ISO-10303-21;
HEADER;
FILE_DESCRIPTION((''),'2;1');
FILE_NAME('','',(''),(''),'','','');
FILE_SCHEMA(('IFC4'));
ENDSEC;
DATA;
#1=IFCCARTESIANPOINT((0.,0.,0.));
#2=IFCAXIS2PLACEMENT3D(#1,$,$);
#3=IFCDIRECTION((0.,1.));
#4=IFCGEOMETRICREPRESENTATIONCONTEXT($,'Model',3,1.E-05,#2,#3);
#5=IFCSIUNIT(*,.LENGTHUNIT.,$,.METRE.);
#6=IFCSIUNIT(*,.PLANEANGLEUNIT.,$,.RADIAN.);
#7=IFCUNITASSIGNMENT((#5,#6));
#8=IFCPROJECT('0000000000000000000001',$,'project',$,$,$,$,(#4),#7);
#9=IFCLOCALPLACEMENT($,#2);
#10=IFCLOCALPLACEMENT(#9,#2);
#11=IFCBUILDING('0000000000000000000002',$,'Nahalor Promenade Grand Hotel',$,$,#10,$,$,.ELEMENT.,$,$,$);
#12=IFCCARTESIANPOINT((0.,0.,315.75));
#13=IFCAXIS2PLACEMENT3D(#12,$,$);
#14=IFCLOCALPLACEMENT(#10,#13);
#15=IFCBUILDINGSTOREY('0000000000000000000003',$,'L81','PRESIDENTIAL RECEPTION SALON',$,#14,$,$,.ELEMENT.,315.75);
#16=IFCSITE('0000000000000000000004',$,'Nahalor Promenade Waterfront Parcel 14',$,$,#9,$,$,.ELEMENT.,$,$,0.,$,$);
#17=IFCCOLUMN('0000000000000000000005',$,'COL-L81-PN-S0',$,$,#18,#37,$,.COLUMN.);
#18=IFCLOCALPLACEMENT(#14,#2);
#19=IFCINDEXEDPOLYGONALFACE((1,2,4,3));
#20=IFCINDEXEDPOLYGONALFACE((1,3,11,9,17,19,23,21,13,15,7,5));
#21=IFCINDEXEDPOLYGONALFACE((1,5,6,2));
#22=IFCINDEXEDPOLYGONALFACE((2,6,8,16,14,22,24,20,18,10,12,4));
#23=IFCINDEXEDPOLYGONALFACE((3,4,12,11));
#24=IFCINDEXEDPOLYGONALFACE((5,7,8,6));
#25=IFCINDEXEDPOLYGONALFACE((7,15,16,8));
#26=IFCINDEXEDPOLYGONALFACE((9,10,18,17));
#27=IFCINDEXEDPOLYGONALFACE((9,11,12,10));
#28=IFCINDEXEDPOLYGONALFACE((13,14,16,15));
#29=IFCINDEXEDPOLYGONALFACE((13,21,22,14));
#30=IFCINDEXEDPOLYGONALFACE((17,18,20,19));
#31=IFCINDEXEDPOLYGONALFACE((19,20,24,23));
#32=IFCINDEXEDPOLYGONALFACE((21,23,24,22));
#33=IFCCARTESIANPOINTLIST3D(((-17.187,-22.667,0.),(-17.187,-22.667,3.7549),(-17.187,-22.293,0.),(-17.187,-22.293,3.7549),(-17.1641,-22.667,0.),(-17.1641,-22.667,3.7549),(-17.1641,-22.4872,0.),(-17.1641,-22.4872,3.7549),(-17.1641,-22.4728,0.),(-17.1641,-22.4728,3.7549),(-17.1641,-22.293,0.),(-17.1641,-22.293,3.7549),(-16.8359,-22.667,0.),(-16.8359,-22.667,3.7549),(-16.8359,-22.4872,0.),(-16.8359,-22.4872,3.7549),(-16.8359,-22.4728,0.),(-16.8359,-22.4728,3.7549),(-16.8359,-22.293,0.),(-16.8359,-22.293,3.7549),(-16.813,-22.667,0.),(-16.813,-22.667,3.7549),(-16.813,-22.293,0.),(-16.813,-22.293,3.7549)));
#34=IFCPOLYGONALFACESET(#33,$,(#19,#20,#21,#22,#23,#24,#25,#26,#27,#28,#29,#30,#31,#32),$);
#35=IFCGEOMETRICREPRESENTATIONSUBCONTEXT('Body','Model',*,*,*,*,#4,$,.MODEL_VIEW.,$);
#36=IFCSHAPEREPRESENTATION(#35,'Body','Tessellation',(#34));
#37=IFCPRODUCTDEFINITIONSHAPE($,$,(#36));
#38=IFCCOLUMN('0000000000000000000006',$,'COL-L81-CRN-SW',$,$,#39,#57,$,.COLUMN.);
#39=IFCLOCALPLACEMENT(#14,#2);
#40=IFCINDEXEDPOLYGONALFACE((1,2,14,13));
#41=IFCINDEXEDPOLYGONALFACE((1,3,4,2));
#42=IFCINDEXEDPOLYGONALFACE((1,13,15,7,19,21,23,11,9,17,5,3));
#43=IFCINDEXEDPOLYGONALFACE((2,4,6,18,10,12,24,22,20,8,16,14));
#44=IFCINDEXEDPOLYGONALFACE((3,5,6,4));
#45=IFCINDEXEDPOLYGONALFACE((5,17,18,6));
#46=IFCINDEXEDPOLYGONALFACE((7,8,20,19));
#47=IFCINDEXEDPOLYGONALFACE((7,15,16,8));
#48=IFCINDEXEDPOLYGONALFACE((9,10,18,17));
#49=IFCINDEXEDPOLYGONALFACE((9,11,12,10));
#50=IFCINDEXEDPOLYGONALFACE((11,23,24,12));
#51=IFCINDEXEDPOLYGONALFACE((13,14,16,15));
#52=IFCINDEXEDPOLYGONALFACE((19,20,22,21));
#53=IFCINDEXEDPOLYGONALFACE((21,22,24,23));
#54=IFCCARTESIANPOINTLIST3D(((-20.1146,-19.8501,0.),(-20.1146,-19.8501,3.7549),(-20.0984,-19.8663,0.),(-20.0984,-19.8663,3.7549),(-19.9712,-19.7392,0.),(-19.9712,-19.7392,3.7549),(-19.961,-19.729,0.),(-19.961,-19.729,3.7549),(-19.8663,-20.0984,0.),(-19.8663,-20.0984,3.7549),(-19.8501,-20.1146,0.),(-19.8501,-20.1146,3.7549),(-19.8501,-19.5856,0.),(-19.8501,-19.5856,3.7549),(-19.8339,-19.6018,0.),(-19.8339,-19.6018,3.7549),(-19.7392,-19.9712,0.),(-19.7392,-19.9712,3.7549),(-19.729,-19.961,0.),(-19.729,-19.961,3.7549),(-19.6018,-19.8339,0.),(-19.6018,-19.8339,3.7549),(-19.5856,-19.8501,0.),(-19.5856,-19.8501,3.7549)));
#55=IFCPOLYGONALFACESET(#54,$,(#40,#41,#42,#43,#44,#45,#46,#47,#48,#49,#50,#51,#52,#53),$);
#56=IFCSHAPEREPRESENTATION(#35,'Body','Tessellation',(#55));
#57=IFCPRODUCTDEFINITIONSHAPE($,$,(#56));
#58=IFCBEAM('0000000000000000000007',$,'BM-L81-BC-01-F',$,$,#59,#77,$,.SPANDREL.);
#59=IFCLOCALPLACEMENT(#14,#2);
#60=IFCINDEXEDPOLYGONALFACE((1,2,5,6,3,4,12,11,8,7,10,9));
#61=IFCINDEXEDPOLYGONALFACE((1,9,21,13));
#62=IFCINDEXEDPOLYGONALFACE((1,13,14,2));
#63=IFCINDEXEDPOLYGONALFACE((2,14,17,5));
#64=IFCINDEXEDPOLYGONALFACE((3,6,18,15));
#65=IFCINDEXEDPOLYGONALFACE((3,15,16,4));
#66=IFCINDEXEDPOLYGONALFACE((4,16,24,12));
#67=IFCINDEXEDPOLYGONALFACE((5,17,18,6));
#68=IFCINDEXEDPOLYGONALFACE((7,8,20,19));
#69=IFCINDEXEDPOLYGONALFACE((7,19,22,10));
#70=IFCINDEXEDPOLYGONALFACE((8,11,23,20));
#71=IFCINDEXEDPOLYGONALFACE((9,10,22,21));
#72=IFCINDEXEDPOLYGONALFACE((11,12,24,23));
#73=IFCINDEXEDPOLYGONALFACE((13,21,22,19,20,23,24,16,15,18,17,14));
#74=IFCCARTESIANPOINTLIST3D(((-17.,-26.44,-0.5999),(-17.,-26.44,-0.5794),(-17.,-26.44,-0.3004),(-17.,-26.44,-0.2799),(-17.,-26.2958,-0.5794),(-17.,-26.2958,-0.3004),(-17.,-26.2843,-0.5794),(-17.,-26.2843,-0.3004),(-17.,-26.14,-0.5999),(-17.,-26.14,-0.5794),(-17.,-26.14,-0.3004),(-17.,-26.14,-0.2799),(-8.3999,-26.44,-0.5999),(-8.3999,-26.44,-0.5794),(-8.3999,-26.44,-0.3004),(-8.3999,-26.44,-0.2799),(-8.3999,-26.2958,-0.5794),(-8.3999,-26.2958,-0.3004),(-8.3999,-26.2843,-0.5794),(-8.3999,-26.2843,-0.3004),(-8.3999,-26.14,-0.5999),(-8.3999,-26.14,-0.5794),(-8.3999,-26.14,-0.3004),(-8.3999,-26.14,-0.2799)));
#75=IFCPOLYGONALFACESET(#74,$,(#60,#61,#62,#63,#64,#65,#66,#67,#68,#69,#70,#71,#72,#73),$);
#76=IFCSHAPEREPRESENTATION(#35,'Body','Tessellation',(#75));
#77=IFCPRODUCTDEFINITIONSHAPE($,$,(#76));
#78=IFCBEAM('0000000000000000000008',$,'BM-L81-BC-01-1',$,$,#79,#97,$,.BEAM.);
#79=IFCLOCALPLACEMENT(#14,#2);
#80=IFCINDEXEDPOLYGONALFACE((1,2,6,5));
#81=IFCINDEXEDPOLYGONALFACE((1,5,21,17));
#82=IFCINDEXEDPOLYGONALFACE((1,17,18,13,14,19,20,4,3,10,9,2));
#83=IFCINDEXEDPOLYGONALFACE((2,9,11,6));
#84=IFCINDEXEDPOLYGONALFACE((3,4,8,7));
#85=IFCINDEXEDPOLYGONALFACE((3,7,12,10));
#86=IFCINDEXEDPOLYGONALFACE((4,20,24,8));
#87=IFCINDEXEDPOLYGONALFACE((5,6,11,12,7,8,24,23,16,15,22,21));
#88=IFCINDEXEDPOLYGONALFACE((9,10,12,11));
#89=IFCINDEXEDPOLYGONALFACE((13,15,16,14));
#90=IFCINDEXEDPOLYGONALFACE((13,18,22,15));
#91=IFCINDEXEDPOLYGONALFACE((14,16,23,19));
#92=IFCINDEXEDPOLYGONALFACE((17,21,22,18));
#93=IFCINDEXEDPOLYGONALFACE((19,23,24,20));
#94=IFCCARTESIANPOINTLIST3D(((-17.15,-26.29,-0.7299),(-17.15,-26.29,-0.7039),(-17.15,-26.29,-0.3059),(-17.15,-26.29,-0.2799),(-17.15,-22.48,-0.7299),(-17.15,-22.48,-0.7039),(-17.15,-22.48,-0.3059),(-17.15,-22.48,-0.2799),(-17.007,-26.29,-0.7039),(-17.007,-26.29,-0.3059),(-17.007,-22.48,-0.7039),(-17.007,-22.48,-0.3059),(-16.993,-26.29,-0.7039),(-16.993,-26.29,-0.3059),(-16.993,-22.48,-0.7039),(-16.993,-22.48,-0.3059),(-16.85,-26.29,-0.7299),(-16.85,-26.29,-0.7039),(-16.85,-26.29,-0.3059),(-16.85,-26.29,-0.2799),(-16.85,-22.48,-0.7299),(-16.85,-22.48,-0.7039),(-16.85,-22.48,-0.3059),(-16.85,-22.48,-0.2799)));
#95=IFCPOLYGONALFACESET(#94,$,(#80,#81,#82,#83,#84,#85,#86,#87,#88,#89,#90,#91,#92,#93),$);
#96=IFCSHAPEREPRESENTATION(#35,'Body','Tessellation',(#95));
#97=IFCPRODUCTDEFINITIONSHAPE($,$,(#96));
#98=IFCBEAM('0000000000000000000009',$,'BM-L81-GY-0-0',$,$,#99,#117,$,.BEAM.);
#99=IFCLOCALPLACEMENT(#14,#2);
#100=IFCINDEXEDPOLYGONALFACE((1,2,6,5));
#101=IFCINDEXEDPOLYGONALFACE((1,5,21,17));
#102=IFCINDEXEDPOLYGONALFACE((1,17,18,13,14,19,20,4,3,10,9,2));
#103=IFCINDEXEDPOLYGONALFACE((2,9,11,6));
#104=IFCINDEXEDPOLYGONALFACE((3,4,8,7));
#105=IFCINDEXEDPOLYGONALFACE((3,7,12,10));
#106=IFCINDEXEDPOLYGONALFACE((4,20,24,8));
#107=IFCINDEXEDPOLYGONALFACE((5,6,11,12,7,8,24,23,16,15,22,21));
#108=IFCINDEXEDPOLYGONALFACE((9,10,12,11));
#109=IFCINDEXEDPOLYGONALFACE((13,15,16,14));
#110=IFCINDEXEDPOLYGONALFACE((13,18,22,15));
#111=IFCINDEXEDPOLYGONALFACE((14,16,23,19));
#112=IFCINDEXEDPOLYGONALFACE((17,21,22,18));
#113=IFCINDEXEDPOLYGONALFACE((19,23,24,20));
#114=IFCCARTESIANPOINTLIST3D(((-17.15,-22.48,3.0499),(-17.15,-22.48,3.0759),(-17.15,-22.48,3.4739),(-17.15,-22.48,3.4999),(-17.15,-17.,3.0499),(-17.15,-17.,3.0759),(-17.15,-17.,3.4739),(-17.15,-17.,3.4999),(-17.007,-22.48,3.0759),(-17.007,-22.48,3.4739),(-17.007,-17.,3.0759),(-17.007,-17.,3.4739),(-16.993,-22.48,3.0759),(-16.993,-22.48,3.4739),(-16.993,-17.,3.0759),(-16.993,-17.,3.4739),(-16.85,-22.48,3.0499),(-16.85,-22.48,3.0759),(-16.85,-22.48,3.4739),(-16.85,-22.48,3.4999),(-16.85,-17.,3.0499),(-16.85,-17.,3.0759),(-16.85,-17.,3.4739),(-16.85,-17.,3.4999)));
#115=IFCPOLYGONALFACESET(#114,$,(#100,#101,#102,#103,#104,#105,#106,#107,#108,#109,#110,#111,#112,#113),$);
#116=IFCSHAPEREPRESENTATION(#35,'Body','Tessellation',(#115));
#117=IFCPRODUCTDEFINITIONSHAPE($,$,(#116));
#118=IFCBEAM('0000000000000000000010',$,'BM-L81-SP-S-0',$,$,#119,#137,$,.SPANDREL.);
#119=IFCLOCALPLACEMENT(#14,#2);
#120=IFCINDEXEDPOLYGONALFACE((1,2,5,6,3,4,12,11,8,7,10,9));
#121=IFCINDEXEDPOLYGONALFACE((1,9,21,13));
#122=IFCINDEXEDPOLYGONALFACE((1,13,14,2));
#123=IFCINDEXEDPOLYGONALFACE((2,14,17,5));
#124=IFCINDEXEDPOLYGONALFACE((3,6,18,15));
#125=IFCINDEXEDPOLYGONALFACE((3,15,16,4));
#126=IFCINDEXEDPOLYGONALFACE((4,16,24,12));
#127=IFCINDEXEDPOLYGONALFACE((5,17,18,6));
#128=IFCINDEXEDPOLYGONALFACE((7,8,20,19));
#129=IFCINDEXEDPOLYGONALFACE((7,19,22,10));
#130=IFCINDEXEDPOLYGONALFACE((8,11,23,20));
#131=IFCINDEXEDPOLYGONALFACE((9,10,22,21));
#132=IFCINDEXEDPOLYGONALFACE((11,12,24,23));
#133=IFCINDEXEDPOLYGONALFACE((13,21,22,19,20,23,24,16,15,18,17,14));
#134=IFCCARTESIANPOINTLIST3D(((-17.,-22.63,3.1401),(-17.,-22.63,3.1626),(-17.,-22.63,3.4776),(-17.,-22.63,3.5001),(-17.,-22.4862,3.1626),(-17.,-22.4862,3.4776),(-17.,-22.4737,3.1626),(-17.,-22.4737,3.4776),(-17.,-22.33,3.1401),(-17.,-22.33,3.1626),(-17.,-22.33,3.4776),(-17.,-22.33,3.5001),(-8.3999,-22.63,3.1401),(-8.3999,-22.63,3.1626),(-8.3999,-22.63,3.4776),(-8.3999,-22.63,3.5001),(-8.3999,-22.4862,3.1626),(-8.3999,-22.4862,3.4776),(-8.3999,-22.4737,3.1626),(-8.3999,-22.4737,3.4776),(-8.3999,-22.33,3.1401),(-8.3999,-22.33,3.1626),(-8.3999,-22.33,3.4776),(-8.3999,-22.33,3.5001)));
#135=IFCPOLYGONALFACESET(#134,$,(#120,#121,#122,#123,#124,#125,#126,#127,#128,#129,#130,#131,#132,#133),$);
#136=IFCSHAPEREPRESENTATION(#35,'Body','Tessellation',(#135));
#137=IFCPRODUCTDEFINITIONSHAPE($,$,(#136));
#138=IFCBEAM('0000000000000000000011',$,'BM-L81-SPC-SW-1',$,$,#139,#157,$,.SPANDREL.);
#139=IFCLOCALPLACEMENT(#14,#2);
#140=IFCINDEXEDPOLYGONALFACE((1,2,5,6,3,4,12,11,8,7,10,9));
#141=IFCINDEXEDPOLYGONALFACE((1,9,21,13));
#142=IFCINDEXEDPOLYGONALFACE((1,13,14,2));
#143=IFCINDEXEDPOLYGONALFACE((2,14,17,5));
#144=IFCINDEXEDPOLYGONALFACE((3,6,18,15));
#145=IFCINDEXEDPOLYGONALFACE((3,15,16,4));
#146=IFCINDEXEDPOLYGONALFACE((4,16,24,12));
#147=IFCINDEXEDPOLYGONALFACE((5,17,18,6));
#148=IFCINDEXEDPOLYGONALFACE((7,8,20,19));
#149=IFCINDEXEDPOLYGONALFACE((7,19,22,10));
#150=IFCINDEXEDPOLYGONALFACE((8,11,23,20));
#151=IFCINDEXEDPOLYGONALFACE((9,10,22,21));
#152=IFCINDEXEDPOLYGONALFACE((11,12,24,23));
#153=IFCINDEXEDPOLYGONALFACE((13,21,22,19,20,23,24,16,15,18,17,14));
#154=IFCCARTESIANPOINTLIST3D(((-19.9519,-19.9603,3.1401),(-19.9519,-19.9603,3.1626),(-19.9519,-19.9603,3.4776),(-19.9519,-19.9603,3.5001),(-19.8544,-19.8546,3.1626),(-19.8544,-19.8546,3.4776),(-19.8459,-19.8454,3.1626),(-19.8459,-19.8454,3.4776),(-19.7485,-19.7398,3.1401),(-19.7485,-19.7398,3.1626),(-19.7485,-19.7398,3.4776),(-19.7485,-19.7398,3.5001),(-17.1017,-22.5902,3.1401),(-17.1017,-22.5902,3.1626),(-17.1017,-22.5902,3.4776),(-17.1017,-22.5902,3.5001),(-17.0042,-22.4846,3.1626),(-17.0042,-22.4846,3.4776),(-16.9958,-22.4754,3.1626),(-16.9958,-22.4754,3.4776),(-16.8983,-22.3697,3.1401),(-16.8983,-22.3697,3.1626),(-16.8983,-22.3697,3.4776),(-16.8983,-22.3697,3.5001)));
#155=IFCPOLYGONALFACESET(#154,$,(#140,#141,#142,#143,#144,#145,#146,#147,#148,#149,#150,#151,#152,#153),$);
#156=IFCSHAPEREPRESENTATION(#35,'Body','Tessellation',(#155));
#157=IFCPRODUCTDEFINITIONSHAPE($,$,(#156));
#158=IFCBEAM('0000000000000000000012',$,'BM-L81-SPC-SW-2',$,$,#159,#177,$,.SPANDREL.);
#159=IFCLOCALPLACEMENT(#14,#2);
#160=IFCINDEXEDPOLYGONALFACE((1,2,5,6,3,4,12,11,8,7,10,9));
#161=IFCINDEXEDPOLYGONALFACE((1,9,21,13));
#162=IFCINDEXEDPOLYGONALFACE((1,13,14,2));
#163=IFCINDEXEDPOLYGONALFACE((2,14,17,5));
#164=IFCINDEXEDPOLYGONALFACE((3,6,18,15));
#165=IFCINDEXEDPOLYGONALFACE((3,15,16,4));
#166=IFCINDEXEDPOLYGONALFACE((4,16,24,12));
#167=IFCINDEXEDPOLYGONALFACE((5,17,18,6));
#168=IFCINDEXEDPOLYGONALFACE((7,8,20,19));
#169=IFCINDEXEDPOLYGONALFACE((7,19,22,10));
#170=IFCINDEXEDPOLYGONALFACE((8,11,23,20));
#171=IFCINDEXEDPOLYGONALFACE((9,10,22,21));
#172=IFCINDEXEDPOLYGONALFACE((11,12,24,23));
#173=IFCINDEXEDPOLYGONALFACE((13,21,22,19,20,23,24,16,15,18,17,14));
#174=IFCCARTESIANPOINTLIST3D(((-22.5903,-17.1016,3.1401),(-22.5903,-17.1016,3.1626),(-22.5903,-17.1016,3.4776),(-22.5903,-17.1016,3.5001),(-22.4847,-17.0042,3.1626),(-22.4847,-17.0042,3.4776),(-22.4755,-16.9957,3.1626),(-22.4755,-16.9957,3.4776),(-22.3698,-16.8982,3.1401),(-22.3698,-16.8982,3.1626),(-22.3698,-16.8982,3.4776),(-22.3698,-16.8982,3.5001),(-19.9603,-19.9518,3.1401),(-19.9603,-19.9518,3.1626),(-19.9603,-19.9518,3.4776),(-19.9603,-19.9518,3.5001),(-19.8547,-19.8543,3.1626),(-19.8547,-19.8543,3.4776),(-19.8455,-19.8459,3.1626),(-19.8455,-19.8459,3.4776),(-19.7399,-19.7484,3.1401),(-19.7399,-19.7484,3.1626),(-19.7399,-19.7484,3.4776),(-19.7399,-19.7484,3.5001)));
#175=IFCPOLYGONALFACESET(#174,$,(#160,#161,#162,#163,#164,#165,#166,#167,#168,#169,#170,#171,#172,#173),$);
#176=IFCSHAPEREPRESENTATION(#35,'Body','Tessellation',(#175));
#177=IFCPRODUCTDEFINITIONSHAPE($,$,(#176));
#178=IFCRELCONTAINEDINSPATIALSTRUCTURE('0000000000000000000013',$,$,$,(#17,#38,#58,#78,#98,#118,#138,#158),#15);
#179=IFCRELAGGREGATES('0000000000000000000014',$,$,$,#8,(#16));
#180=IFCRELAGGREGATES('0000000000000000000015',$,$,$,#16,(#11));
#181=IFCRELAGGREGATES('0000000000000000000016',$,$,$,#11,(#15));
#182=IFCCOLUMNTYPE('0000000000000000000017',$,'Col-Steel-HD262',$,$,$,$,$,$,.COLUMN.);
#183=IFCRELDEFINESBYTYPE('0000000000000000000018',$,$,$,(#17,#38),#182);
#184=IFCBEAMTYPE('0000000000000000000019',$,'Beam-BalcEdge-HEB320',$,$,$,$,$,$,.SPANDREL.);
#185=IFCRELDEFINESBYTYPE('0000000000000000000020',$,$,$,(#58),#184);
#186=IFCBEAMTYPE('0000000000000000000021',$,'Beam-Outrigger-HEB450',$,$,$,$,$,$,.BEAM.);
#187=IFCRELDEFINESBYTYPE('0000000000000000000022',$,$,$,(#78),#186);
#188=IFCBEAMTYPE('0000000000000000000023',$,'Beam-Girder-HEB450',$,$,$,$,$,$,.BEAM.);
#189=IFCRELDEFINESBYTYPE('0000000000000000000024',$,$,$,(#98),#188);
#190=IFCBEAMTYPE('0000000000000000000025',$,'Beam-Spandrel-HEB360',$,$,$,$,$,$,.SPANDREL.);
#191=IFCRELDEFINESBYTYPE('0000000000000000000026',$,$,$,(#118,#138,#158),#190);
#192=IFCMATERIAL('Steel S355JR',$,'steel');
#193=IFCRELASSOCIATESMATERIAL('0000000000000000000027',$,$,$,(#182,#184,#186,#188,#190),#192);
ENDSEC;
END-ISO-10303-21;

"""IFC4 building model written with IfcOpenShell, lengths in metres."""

from ifc_helpers import new_model, si_unit, direction, frame, origin, origin_2d, place, context, subcontext, project, spatial, i_section, extrude, source, transform, mapped, material, material_profile, profile_set, type_object, element, save


model = new_model("IFC4")

# Units and contexts
model_context = context("Model", 3, precision=1e-05, world=origin(), true_north=direction((0.0, 1.0)))
body_context = subcontext(model_context, "Body", "Model", "MODEL_VIEW")
ifc_project = project(units=[si_unit("LENGTHUNIT", "METRE"), si_unit("PLANEANGLEUNIT", "RADIAN")], contexts=[model_context])

# Site, building, storey
site_placement = place(None, origin())
site = spatial("IfcSite", under=ifc_project, at=site_placement, Name="Nahalor Promenade Waterfront Parcel 14", CompositionType="ELEMENT", RefElevation=0.0)
building_placement = place(site_placement, origin())
building = spatial("IfcBuilding", under=site, at=building_placement, Name="Nahalor Promenade Grand Hotel", CompositionType="ELEMENT")
storey_placement = place(building_placement, frame((0.0, 0.0, 315.75)))
storey = spatial("IfcBuildingStorey", under=building, at=storey_placement, Name="L81", Description="PRESIDENTIAL RECEPTION SALON", CompositionType="ELEMENT", Elevation=315.75)

# Columns
ifc_material_1 = material(Name="Steel S355JR", Category="steel")
ifc_material_profile_1 = material_profile(ifc_material_1, i_section(OverallWidth=0.374, OverallDepth=0.374, WebThickness=0.0144, FlangeThickness=0.0229, at=origin_2d()), Name="HD 360x262")
ifc_profile_set_1 = profile_set([ifc_material_profile_1], Name="Steel S355JR")
column_type = type_object("IfcColumnType", Name="Col-Steel-HD262", PredefinedType="COLUMN", material=ifc_profile_set_1)
shared_shape_1 = source(origin(), body_context, "Body", "SweptSolid", [
    extrude(i_section(OverallWidth=0.374, OverallDepth=0.374, WebThickness=0.0144, FlangeThickness=0.0229, at=origin_2d()), origin(), (0.0, 0.0, 1.0), 3.7549),
])
for number, where, z_axis, x_axis, name in (
    (1, (-17.0, -22.48, 0.0), (0.0, 0.0, 1.0), (0.0, 1.0, 0.0), "COL-L81-PN-S0"),
    (2, (-19.8501, -19.8501, 0.0), (0.0, 0.0, 1.0), (0.707107, 0.707107, 0.0), "COL-L81-CRN-SW"),
):
    element("IfcColumn", number, at=place(storey_placement, frame(where, z_axis=z_axis, x_axis=x_axis)), inside=storey, type_object=column_type, Name=name, PredefinedType="COLUMN", context=body_context, shape_type="MappedRepresentation", body=[
        mapped(shared_shape_1, transform((0.0, 0.0, 0.0), scale=1.0)),
    ])

# Beams
ifc_material_profile_2 = material_profile(ifc_material_1, i_section(OverallWidth=0.3, OverallDepth=0.32, WebThickness=0.0115, FlangeThickness=0.0205, at=origin_2d()), Name="HEB 320")
ifc_profile_set_2 = profile_set([ifc_material_profile_2], Name="Steel S355JR")
beam_type_1 = type_object("IfcBeamType", Name="Beam-BalcEdge-HEB320", PredefinedType="SPANDREL", material=ifc_profile_set_2)
shared_shape_2 = source(origin(), body_context, "Body", "SweptSolid", [
    extrude(i_section(OverallWidth=0.3, OverallDepth=0.32, WebThickness=0.0115, FlangeThickness=0.0205, at=origin_2d()), origin(), (0.0, 0.0, 1.0), 8.6001),
])
beam_1_placement = place(storey_placement, frame((-17.0, -26.29, -0.4399), z_axis=(1.0, 0.0, 0.0), x_axis=(0.0, 1.0, 0.0)))
element("IfcBeam", 3, at=beam_1_placement, inside=storey, type_object=beam_type_1, Name="BM-L81-BC-01-F", PredefinedType="SPANDREL", context=body_context, shape_type="MappedRepresentation", body=[
    mapped(shared_shape_2, transform((0.0, 0.0, 0.0), scale=1.0)),
])
ifc_material_profile_3 = material_profile(ifc_material_1, i_section(OverallWidth=0.3, OverallDepth=0.45, WebThickness=0.014, FlangeThickness=0.026, at=origin_2d()), Name="HEB 450")
ifc_profile_set_3 = profile_set([ifc_material_profile_3], Name="Steel S355JR")
beam_type_2 = type_object("IfcBeamType", Name="Beam-Outrigger-HEB450", PredefinedType="BEAM", material=ifc_profile_set_3)
shared_shape_3 = source(origin(), body_context, "Body", "SweptSolid", [
    extrude(i_section(OverallWidth=0.3, OverallDepth=0.45, WebThickness=0.014, FlangeThickness=0.026, at=origin_2d()), origin(), (0.0, 0.0, 1.0), 3.8101),
])
beam_2_placement = place(storey_placement, frame((-17.0, -26.29, -0.5049), z_axis=(0.0, 1.0, 0.0), x_axis=(-1.0, 0.0, 0.0)))
element("IfcBeam", 4, at=beam_2_placement, inside=storey, type_object=beam_type_2, Name="BM-L81-BC-01-1", PredefinedType="BEAM", context=body_context, shape_type="MappedRepresentation", body=[
    mapped(shared_shape_3, transform((0.0, 0.0, 0.0), scale=1.0)),
])
ifc_material_profile_4 = material_profile(ifc_material_1, i_section(OverallWidth=0.3, OverallDepth=0.45, WebThickness=0.014, FlangeThickness=0.026, at=origin_2d()), Name="HEB 450")
ifc_profile_set_4 = profile_set([ifc_material_profile_4], Name="Steel S355JR")
beam_type_3 = type_object("IfcBeamType", Name="Beam-Girder-HEB450", PredefinedType="BEAM", material=ifc_profile_set_4)
shared_shape_4 = source(origin(), body_context, "Body", "SweptSolid", [
    extrude(i_section(OverallWidth=0.3, OverallDepth=0.45, WebThickness=0.014, FlangeThickness=0.026, at=origin_2d()), origin(), (0.0, 0.0, 1.0), 5.48),
])
beam_3_placement = place(storey_placement, frame((-17.0, -22.48, 3.2749), z_axis=(0.0, 1.0, 0.0), x_axis=(-1.0, 0.0, 0.0)))
element("IfcBeam", 5, at=beam_3_placement, inside=storey, type_object=beam_type_3, Name="BM-L81-GY-0-0", PredefinedType="BEAM", context=body_context, shape_type="MappedRepresentation", body=[
    mapped(shared_shape_4, transform((0.0, 0.0, 0.0), scale=1.0)),
])
ifc_material_profile_5 = material_profile(ifc_material_1, i_section(OverallWidth=0.3, OverallDepth=0.36, WebThickness=0.0125, FlangeThickness=0.0225, at=origin_2d()), Name="HEB 360")
ifc_profile_set_5 = profile_set([ifc_material_profile_5], Name="Steel S355JR")
beam_type_4 = type_object("IfcBeamType", Name="Beam-Spandrel-HEB360", PredefinedType="SPANDREL", material=ifc_profile_set_5)
shared_shape_5 = source(origin(), body_context, "Body", "SweptSolid", [
    extrude(i_section(OverallWidth=0.3, OverallDepth=0.36, WebThickness=0.0125, FlangeThickness=0.0225, at=origin_2d()), origin(), (0.0, 0.0, 1.0), 8.6001),
])
beam_4_placement = place(storey_placement, frame((-17.0, -22.48, 3.3201), z_axis=(1.0, 0.0, 0.0), x_axis=(0.0, 1.0, 0.0)))
element("IfcBeam", 6, at=beam_4_placement, inside=storey, type_object=beam_type_4, Name="BM-L81-SP-S-0", PredefinedType="SPANDREL", context=body_context, shape_type="MappedRepresentation", body=[
    mapped(shared_shape_5, transform((0.0, 0.0, 0.0), scale=1.0)),
])
shared_shape_6 = source(origin(), body_context, "Body", "SweptSolid", [
    extrude(i_section(OverallWidth=0.3, OverallDepth=0.36, WebThickness=0.0125, FlangeThickness=0.0225, at=origin_2d()), origin(), (0.0, 0.0, 1.0), 3.8782),
])
for number, where, z_axis, x_axis, name in (
    (7, (-17.0, -22.48, 3.3201), (-0.734929, 0.678144, 0.0), (-0.678144, -0.734929, 0.0), "BM-L81-SPC-SW-1"),
    (8, (-19.8501, -19.8501, 3.3201), (-0.678144, 0.734929, 0.0), (-0.734929, -0.678144, 0.0), "BM-L81-SPC-SW-2"),
):
    element("IfcBeam", number, at=place(storey_placement, frame(where, z_axis=z_axis, x_axis=x_axis)), inside=storey, type_object=beam_type_4, Name=name, PredefinedType="SPANDREL", context=body_context, shape_type="MappedRepresentation", body=[
        mapped(shared_shape_6, transform((0.0, 0.0, 0.0), scale=1.0)),
    ])

save(model, "model.ifc")
